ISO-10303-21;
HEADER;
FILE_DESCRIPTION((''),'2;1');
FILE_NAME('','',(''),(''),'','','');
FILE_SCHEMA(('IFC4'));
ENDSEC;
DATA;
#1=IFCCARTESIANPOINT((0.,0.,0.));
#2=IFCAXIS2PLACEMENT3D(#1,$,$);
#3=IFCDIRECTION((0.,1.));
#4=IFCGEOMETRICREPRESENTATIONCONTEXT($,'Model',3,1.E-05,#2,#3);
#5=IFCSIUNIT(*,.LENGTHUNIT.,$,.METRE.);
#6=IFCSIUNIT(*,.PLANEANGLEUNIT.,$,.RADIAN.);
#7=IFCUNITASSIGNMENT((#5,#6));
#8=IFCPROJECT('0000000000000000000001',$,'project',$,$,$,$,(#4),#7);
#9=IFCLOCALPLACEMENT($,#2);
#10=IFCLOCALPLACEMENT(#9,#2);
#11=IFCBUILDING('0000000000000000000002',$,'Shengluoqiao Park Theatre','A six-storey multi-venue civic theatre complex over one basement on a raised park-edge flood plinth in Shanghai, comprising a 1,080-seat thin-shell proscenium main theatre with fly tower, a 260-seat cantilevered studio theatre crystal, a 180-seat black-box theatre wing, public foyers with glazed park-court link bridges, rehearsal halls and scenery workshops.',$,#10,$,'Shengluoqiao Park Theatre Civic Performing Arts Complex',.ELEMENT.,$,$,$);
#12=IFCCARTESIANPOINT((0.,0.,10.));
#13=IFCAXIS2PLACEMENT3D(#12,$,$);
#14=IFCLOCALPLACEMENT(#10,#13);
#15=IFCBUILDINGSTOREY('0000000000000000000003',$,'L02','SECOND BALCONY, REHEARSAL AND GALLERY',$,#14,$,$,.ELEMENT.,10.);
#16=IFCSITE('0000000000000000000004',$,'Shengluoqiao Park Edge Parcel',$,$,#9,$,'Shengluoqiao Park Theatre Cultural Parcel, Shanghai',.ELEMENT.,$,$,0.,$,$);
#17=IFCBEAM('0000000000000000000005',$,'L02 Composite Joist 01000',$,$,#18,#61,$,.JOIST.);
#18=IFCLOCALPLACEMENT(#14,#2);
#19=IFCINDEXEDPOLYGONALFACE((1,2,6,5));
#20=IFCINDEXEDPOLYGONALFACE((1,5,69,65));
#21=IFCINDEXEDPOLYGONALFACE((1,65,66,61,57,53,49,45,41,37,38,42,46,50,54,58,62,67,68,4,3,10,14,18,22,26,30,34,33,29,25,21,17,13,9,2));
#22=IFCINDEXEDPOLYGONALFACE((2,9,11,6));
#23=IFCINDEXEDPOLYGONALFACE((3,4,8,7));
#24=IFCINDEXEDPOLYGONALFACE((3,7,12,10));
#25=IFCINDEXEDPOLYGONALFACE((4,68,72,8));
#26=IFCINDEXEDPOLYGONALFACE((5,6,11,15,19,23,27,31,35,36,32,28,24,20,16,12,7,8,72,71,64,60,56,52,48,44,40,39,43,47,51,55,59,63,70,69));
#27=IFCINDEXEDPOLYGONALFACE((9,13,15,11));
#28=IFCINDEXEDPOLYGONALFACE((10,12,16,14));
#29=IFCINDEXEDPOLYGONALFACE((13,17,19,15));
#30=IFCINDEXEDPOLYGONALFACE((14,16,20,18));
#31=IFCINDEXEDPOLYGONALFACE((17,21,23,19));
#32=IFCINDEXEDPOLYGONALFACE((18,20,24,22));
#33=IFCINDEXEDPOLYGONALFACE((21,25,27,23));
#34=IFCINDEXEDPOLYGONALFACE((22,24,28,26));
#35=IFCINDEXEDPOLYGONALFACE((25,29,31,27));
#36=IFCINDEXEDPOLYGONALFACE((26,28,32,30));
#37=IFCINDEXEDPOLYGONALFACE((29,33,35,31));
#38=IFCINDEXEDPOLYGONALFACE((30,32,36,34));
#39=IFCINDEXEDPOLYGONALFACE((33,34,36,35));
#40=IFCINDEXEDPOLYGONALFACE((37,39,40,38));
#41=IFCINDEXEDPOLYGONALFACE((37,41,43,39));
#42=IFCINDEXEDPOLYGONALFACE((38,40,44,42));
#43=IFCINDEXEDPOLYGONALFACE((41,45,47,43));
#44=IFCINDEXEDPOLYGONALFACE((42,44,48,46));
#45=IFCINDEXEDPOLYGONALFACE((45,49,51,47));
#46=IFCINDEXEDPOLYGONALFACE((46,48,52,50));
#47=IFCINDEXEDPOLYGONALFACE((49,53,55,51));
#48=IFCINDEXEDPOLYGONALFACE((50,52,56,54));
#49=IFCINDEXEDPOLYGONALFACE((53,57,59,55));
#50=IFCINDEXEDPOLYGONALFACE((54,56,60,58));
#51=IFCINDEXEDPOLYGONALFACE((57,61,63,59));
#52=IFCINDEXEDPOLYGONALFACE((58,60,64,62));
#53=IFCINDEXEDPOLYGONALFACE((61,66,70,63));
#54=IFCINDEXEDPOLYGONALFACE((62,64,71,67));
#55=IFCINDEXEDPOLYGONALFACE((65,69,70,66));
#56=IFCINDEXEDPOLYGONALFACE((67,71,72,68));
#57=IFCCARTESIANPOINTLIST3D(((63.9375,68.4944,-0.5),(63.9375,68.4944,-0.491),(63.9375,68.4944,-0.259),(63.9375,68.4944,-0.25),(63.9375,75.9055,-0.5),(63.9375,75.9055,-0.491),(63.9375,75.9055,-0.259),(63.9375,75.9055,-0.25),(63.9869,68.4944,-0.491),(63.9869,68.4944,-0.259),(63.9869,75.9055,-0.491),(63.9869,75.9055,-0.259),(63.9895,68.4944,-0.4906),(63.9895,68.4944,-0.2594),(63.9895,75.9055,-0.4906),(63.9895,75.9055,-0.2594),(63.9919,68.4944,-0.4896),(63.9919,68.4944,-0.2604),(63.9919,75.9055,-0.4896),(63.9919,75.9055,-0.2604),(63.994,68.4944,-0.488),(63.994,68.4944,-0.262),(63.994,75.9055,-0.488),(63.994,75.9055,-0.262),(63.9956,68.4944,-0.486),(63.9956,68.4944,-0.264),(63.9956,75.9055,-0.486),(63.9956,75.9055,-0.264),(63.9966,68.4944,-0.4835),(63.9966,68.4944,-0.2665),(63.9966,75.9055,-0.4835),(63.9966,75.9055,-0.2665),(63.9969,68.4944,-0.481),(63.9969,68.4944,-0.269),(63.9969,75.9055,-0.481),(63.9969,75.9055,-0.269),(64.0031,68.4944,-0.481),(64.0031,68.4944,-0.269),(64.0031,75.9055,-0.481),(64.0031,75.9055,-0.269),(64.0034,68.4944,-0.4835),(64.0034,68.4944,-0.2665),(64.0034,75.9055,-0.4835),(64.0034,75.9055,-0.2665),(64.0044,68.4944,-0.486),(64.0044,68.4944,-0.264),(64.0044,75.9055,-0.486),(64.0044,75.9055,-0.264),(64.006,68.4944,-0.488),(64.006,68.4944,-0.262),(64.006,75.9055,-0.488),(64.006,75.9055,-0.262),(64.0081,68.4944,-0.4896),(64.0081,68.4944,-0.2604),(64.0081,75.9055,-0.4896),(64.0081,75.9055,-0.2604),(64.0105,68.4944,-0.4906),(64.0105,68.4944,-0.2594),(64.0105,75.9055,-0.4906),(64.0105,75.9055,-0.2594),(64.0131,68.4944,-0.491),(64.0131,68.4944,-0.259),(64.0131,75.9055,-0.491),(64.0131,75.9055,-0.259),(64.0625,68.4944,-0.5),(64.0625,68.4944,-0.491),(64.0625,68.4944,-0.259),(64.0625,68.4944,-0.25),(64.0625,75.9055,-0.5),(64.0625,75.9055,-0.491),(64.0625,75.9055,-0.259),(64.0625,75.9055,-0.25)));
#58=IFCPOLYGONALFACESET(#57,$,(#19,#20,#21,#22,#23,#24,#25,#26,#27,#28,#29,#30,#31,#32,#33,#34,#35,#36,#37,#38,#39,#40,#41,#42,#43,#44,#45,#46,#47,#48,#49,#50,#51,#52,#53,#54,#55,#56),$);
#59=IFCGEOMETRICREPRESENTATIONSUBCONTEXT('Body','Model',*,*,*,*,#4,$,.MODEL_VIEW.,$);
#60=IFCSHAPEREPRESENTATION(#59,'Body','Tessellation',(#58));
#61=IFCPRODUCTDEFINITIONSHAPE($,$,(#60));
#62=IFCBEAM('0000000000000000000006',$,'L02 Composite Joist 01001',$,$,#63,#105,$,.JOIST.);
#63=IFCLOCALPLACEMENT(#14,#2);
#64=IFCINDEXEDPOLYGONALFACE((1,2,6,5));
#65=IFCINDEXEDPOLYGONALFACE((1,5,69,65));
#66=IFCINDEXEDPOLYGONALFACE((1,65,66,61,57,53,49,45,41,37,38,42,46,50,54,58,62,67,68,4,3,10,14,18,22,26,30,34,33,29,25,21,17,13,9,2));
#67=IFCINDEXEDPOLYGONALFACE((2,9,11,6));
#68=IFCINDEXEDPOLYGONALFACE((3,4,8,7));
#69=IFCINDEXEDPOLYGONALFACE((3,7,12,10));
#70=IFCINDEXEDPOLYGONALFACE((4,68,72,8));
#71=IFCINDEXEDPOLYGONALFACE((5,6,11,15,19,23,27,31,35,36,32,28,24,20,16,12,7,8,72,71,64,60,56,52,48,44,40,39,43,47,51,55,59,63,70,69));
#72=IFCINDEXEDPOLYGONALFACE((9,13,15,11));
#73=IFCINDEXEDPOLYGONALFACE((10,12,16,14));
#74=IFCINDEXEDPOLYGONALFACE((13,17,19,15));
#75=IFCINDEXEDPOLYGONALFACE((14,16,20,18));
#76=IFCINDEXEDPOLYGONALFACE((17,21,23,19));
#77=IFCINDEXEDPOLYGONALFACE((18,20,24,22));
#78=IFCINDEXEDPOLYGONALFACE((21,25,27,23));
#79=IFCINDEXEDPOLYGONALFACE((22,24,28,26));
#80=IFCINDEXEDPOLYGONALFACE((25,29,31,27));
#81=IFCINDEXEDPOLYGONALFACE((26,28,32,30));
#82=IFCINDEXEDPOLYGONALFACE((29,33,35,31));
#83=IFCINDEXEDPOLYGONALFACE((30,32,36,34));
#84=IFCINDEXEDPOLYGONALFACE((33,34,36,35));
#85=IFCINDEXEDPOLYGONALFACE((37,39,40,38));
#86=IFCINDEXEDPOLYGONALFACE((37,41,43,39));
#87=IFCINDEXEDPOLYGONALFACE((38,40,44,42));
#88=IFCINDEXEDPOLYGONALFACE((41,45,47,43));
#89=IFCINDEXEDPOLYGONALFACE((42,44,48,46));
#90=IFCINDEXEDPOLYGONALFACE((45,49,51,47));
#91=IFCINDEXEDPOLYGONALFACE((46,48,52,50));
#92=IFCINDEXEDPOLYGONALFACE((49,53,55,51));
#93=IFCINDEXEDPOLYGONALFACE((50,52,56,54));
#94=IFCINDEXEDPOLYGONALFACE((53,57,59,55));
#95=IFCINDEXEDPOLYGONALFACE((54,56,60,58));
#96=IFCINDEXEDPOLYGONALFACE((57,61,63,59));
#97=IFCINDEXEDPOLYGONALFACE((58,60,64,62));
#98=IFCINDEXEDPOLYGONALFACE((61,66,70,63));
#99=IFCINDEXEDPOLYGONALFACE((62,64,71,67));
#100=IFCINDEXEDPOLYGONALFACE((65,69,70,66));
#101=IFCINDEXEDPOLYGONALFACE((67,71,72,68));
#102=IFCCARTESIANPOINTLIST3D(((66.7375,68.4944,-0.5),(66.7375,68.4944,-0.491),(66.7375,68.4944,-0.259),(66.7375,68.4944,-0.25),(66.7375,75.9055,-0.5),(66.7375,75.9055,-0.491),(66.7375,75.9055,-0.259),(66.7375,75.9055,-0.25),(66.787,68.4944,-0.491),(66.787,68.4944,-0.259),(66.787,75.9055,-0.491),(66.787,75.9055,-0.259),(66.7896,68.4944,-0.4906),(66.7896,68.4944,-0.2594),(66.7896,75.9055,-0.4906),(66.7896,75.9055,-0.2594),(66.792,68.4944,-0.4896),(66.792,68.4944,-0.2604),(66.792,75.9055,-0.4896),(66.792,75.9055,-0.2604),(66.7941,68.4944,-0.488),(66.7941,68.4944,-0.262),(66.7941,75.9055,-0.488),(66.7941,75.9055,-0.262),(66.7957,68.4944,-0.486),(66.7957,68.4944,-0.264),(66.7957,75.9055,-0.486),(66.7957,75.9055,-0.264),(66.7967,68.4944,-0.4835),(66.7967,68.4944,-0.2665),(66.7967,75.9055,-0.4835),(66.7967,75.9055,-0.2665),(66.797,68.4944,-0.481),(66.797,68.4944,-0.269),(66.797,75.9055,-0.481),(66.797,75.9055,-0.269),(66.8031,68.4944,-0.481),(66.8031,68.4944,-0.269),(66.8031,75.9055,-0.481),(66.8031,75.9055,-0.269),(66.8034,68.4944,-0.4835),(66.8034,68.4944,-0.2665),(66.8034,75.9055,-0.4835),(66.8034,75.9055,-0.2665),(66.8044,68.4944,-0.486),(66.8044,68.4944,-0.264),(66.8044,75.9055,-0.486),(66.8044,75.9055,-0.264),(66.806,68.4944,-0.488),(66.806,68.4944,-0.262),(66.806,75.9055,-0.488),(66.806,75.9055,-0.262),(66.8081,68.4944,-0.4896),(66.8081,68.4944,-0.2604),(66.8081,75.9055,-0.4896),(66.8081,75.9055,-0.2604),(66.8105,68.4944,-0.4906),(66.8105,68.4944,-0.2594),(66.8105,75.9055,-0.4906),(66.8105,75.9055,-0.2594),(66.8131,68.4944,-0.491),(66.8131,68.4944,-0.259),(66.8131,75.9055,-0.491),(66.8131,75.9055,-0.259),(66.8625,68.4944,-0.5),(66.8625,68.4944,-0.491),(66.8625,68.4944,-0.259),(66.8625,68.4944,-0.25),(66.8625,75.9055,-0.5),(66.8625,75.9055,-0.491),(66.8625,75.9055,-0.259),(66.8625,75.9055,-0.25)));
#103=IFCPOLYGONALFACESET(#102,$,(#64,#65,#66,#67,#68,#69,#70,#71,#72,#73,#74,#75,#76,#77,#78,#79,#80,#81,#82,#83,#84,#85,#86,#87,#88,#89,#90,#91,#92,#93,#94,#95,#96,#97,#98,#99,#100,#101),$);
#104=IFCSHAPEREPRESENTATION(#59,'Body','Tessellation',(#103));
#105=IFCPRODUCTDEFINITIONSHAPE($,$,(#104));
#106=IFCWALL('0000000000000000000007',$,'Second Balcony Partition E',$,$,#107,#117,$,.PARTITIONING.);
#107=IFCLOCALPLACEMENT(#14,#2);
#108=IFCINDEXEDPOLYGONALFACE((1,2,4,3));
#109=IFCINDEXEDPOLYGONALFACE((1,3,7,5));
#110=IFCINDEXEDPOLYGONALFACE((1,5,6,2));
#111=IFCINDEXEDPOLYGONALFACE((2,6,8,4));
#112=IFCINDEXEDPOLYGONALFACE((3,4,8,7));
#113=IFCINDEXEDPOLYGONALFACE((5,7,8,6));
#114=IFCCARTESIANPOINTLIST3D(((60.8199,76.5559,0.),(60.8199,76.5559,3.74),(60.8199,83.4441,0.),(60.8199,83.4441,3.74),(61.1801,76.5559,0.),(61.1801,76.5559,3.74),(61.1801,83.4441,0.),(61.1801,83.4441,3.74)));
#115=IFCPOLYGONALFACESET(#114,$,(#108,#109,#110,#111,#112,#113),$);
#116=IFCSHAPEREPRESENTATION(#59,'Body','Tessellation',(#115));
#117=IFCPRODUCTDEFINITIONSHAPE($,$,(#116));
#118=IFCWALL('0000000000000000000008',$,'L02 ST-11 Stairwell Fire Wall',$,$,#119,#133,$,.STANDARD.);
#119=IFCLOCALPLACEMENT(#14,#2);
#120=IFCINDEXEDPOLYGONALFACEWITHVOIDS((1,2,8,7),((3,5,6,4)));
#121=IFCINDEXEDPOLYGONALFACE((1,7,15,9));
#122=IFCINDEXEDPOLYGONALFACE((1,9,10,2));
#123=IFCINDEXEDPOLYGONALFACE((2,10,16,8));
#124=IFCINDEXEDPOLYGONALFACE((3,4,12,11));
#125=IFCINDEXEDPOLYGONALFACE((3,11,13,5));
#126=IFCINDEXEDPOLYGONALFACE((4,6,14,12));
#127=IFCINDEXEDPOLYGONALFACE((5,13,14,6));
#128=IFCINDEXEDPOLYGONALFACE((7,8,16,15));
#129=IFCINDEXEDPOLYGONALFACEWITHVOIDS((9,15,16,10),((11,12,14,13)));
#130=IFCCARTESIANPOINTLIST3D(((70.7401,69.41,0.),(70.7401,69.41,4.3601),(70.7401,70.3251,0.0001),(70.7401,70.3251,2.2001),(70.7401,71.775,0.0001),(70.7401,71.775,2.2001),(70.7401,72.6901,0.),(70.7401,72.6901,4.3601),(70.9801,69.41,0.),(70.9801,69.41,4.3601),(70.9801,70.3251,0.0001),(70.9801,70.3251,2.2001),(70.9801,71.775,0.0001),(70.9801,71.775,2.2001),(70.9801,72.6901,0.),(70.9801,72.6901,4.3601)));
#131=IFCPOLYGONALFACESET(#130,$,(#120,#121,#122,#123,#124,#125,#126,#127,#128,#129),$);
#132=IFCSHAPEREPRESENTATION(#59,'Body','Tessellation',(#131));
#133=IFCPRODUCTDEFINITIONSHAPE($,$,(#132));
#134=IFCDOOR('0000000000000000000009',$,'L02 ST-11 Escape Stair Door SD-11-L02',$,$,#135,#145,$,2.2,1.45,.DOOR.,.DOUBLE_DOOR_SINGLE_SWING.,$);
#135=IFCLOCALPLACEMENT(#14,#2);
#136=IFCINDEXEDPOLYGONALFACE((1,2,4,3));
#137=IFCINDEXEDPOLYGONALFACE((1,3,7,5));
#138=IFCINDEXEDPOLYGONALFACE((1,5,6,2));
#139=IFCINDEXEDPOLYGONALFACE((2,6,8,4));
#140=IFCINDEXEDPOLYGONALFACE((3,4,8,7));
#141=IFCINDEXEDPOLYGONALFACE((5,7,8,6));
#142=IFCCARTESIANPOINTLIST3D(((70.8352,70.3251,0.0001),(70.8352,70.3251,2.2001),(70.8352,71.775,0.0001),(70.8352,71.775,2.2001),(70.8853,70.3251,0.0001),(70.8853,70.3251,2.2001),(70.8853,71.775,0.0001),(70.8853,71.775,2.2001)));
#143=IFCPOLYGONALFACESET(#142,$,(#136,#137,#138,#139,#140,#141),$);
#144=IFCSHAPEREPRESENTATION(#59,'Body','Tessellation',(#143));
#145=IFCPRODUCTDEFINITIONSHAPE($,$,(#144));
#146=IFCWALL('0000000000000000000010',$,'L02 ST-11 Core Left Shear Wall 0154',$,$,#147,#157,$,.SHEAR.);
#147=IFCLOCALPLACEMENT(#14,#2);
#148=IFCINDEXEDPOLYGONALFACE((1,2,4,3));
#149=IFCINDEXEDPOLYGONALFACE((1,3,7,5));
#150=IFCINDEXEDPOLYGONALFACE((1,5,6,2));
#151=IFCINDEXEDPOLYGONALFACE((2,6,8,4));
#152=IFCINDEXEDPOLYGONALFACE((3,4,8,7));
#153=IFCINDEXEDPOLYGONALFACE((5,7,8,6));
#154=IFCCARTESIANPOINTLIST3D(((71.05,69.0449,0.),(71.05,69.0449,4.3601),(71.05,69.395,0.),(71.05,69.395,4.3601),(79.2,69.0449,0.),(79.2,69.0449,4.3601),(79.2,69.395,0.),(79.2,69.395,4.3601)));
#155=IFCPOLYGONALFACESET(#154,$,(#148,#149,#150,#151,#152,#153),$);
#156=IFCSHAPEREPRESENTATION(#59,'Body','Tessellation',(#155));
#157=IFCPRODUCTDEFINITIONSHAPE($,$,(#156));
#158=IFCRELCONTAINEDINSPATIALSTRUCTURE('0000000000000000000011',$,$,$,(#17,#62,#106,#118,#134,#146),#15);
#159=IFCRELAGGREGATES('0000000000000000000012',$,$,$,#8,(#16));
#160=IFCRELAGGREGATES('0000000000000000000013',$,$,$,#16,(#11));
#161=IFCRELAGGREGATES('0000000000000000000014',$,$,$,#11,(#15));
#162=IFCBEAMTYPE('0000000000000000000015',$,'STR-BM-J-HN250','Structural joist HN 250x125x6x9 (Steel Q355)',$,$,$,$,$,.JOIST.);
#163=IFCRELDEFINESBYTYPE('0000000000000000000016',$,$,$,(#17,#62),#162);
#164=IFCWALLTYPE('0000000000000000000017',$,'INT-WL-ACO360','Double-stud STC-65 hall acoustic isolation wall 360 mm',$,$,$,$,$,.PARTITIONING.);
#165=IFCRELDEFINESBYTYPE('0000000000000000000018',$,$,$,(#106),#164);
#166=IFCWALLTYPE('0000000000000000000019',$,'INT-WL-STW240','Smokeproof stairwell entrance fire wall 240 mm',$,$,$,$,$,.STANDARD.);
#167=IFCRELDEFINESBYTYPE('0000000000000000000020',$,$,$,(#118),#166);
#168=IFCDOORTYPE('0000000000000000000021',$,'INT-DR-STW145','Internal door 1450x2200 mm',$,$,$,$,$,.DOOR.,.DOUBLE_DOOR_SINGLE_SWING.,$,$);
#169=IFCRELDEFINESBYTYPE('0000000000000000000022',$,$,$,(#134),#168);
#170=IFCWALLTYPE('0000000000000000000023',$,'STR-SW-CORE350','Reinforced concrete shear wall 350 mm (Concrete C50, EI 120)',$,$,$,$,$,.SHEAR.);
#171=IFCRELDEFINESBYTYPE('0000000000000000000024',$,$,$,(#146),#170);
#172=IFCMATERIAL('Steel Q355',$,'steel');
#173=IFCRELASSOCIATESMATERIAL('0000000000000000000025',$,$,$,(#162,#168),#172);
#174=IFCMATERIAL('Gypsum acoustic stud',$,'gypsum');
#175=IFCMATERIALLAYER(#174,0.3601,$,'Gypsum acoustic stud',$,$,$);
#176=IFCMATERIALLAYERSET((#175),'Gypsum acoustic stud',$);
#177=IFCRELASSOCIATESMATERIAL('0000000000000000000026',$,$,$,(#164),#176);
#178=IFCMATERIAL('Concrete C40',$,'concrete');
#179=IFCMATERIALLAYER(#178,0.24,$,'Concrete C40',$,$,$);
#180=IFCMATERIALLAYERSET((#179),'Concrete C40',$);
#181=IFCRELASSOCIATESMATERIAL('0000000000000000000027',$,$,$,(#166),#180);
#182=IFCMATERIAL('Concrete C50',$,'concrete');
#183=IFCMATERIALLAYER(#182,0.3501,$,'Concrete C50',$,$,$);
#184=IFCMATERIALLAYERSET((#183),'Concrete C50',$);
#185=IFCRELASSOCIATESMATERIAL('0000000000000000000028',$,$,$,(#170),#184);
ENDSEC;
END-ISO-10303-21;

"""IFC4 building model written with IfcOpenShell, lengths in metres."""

from ifc_helpers import new_model, si_unit, direction, frame, frame_2d, origin, origin_2d, place, context, subcontext, project, spatial, rectangle, i_section, extrude, material, layer, layer_set, material_profile, profile_set, type_object, element, fill, save


model = new_model("IFC4")

# Units and contexts
model_context = context("Model", 3, precision=1e-05, world=origin(), true_north=direction((0.0, 1.0)))
body_context = subcontext(model_context, "Body", "Model", "MODEL_VIEW")
ifc_project = project(units=[si_unit("LENGTHUNIT", "METRE"), si_unit("PLANEANGLEUNIT", "RADIAN")], contexts=[model_context])

# Site, building, storey
site_placement = place(None, origin())
site = spatial("IfcSite", under=ifc_project, at=site_placement, Name="Shengluoqiao Park Edge Parcel", LongName="Shengluoqiao Park Theatre Cultural Parcel, Shanghai", CompositionType="ELEMENT", RefElevation=0.0)
building_placement = place(site_placement, origin())
building = spatial("IfcBuilding", under=site, at=building_placement, Name="Shengluoqiao Park Theatre", Description="A six-storey multi-venue civic theatre complex over one basement on a raised park-edge flood plinth in Shanghai, comprising a 1,080-seat thin-shell proscenium main theatre with fly tower, a 260-seat cantilevered studio theatre crystal, a 180-seat black-box theatre wing, public foyers with glazed park-court link bridges, rehearsal halls and scenery workshops.", LongName="Shengluoqiao Park Theatre Civic Performing Arts Complex", CompositionType="ELEMENT")
storey_placement = place(building_placement, frame((0.0, 0.0, 10.0)))
storey = spatial("IfcBuildingStorey", under=building, at=storey_placement, Name="L02", Description="SECOND BALCONY, REHEARSAL AND GALLERY", CompositionType="ELEMENT", Elevation=10.0)

# Shared definitions
ifc_material_1 = material(Name="Concrete C50", Category="concrete")

# Beams
ifc_material_2 = material(Name="Steel Q355", Category="steel")
ifc_material_profile_1 = material_profile(ifc_material_2, i_section(OverallWidth=0.125, OverallDepth=0.25, WebThickness=0.0061, FlangeThickness=0.009, FilletRadius=0.01, at=origin_2d()), Name="HN 250x125x6x9")
ifc_profile_set_1 = profile_set([ifc_material_profile_1], Name="Steel Q355")
beam_type_1 = type_object("IfcBeamType", Name="STR-BM-J-HN250", Description="Structural joist HN 250x125x6x9 (Steel Q355)", PredefinedType="JOIST", material=ifc_profile_set_1)
for number, where, z_axis, x_axis, name in (
    (1, (64.0, 68.4944, -0.375), (0.0, 1.0, 0.0), (-1.0, 0.0, 0.0), "L02 Composite Joist 01000"),
    (2, (66.8, 68.4944, -0.375), (0.0, 1.0, 0.0), (-1.0, 0.0, 0.0), "L02 Composite Joist 01001"),
):
    element("IfcBeam", number, at=place(storey_placement, frame(where, z_axis=z_axis, x_axis=x_axis)), inside=storey, type_object=beam_type_1, Name=name, PredefinedType="JOIST", context=body_context, shape_type="SweptSolid", body=[
        extrude(i_section(OverallWidth=0.125, OverallDepth=0.25, WebThickness=0.0061, FlangeThickness=0.009, FilletRadius=0.01, at=origin_2d()), origin(), (0.0, 0.0, 1.0), 7.4111),
    ])

# Wall
ifc_material_3 = material(Name="Gypsum acoustic stud", Category="gypsum")
ifc_layer_1 = layer(ifc_material_3, 0.3601, Name="Gypsum acoustic stud")
ifc_layer_set_1 = layer_set([ifc_layer_1], Name="Gypsum acoustic stud")
wall_type_1 = type_object("IfcWallType", Name="INT-WL-ACO360", Description="Double-stud STC-65 hall acoustic isolation wall 360 mm", PredefinedType="PARTITIONING", material=ifc_layer_set_1)
wall_1_placement = place(storey_placement, frame((61.0, 76.5559, 0.0), z_axis=(0.0, 0.0, 1.0), x_axis=(0.0, 1.0, 0.0)))
element("IfcWall", 3, at=wall_1_placement, inside=storey, type_object=wall_type_1, Name="Second Balcony Partition E", PredefinedType="PARTITIONING", context=body_context, shape_type="SweptSolid", body=[
    extrude(rectangle(XDim=6.8882, YDim=0.3601, at=frame_2d((3.4441, 0.0))), origin(), (0.0, 0.0, 1.0), 3.74),
])

# Wall, opening, door
ifc_material_4 = material(Name="Concrete C40", Category="concrete")
ifc_layer_2 = layer(ifc_material_4, 0.24, Name="Concrete C40")
ifc_layer_set_2 = layer_set([ifc_layer_2], Name="Concrete C40")
wall_type_2 = type_object("IfcWallType", Name="INT-WL-STW240", Description="Smokeproof stairwell entrance fire wall 240 mm", PredefinedType="STANDARD", material=ifc_layer_set_2)
wall_2_placement = place(storey_placement, frame((70.8601, 69.4099, 0.0), z_axis=(0.0, 0.0, 1.0), x_axis=(0.0, 1.0, 0.0)))
wall_2 = element("IfcWall", 4, at=wall_2_placement, inside=storey, type_object=wall_type_2, Name="L02 ST-11 Stairwell Fire Wall", PredefinedType="STANDARD", context=body_context, shape_type="SweptSolid", body=[
    extrude(rectangle(XDim=3.28, YDim=0.24, at=frame_2d((1.6401, 0.0))), origin(), (0.0, 0.0, 1.0), 4.3601),
])
opening_placement = place(wall_2_placement, frame((0.915, 0.0, 0.0)))
opening = element("IfcOpeningElement", 5, at=opening_placement, cuts=wall_2, PredefinedType="OPENING", context=body_context, shape_type="SweptSolid", body=[
    extrude(rectangle(XDim=1.45, YDim=2.2, at=frame_2d((0.7251, 1.1001))), frame((0.0, 0.1299, 0.0), z_axis=(0.0, -1.0, 0.0), x_axis=(1.0, 0.0, 0.0)), (0.0, 0.0, 1.0), 0.26),
])
door_type = type_object("IfcDoorType", Name="INT-DR-STW145", Description="Internal door 1450x2200 mm", OperationType="DOUBLE_DOOR_SINGLE_SWING", PredefinedType="DOOR", material=ifc_material_2)
door_placement = place(opening_placement, origin())
door = element("IfcDoor", 6, at=door_placement, inside=storey, type_object=door_type, Name="L02 ST-11 Escape Stair Door SD-11-L02", OperationType="DOUBLE_DOOR_SINGLE_SWING", OverallHeight=2.2, OverallWidth=1.45, PredefinedType="DOOR", context=body_context, shape_type="SweptSolid", body=[
    extrude(rectangle(XDim=1.45, YDim=2.2, at=frame_2d((0.7251, 1.1001))), frame((0.0, 0.0249, 0.0), z_axis=(0.0, -1.0, 0.0), x_axis=(1.0, 0.0, 0.0)), (0.0, 0.0, 1.0), 0.05),
])
fill(opening, door)

# Wall
ifc_layer_3 = layer(ifc_material_1, 0.3501, Name="Concrete C50")
ifc_layer_set_3 = layer_set([ifc_layer_3], Name="Concrete C50")
wall_type_3 = type_object("IfcWallType", Name="STR-SW-CORE350", Description="Reinforced concrete shear wall 350 mm (Concrete C50, EI 120)", PredefinedType="SHEAR", material=ifc_layer_set_3)
wall_3_placement = place(storey_placement, frame((71.05, 69.22, 0.0), z_axis=(0.0, 0.0, 1.0), x_axis=(1.0, 0.0, 0.0)))
element("IfcWall", 7, at=wall_3_placement, inside=storey, type_object=wall_type_3, Name="L02 ST-11 Core Left Shear Wall 0154", PredefinedType="SHEAR", context=body_context, shape_type="SweptSolid", body=[
    extrude(rectangle(XDim=8.1499, YDim=0.3501, at=frame_2d((4.075, 0.0))), origin(), (0.0, 0.0, 1.0), 4.3601),
])

save(model, "model.ifc")
